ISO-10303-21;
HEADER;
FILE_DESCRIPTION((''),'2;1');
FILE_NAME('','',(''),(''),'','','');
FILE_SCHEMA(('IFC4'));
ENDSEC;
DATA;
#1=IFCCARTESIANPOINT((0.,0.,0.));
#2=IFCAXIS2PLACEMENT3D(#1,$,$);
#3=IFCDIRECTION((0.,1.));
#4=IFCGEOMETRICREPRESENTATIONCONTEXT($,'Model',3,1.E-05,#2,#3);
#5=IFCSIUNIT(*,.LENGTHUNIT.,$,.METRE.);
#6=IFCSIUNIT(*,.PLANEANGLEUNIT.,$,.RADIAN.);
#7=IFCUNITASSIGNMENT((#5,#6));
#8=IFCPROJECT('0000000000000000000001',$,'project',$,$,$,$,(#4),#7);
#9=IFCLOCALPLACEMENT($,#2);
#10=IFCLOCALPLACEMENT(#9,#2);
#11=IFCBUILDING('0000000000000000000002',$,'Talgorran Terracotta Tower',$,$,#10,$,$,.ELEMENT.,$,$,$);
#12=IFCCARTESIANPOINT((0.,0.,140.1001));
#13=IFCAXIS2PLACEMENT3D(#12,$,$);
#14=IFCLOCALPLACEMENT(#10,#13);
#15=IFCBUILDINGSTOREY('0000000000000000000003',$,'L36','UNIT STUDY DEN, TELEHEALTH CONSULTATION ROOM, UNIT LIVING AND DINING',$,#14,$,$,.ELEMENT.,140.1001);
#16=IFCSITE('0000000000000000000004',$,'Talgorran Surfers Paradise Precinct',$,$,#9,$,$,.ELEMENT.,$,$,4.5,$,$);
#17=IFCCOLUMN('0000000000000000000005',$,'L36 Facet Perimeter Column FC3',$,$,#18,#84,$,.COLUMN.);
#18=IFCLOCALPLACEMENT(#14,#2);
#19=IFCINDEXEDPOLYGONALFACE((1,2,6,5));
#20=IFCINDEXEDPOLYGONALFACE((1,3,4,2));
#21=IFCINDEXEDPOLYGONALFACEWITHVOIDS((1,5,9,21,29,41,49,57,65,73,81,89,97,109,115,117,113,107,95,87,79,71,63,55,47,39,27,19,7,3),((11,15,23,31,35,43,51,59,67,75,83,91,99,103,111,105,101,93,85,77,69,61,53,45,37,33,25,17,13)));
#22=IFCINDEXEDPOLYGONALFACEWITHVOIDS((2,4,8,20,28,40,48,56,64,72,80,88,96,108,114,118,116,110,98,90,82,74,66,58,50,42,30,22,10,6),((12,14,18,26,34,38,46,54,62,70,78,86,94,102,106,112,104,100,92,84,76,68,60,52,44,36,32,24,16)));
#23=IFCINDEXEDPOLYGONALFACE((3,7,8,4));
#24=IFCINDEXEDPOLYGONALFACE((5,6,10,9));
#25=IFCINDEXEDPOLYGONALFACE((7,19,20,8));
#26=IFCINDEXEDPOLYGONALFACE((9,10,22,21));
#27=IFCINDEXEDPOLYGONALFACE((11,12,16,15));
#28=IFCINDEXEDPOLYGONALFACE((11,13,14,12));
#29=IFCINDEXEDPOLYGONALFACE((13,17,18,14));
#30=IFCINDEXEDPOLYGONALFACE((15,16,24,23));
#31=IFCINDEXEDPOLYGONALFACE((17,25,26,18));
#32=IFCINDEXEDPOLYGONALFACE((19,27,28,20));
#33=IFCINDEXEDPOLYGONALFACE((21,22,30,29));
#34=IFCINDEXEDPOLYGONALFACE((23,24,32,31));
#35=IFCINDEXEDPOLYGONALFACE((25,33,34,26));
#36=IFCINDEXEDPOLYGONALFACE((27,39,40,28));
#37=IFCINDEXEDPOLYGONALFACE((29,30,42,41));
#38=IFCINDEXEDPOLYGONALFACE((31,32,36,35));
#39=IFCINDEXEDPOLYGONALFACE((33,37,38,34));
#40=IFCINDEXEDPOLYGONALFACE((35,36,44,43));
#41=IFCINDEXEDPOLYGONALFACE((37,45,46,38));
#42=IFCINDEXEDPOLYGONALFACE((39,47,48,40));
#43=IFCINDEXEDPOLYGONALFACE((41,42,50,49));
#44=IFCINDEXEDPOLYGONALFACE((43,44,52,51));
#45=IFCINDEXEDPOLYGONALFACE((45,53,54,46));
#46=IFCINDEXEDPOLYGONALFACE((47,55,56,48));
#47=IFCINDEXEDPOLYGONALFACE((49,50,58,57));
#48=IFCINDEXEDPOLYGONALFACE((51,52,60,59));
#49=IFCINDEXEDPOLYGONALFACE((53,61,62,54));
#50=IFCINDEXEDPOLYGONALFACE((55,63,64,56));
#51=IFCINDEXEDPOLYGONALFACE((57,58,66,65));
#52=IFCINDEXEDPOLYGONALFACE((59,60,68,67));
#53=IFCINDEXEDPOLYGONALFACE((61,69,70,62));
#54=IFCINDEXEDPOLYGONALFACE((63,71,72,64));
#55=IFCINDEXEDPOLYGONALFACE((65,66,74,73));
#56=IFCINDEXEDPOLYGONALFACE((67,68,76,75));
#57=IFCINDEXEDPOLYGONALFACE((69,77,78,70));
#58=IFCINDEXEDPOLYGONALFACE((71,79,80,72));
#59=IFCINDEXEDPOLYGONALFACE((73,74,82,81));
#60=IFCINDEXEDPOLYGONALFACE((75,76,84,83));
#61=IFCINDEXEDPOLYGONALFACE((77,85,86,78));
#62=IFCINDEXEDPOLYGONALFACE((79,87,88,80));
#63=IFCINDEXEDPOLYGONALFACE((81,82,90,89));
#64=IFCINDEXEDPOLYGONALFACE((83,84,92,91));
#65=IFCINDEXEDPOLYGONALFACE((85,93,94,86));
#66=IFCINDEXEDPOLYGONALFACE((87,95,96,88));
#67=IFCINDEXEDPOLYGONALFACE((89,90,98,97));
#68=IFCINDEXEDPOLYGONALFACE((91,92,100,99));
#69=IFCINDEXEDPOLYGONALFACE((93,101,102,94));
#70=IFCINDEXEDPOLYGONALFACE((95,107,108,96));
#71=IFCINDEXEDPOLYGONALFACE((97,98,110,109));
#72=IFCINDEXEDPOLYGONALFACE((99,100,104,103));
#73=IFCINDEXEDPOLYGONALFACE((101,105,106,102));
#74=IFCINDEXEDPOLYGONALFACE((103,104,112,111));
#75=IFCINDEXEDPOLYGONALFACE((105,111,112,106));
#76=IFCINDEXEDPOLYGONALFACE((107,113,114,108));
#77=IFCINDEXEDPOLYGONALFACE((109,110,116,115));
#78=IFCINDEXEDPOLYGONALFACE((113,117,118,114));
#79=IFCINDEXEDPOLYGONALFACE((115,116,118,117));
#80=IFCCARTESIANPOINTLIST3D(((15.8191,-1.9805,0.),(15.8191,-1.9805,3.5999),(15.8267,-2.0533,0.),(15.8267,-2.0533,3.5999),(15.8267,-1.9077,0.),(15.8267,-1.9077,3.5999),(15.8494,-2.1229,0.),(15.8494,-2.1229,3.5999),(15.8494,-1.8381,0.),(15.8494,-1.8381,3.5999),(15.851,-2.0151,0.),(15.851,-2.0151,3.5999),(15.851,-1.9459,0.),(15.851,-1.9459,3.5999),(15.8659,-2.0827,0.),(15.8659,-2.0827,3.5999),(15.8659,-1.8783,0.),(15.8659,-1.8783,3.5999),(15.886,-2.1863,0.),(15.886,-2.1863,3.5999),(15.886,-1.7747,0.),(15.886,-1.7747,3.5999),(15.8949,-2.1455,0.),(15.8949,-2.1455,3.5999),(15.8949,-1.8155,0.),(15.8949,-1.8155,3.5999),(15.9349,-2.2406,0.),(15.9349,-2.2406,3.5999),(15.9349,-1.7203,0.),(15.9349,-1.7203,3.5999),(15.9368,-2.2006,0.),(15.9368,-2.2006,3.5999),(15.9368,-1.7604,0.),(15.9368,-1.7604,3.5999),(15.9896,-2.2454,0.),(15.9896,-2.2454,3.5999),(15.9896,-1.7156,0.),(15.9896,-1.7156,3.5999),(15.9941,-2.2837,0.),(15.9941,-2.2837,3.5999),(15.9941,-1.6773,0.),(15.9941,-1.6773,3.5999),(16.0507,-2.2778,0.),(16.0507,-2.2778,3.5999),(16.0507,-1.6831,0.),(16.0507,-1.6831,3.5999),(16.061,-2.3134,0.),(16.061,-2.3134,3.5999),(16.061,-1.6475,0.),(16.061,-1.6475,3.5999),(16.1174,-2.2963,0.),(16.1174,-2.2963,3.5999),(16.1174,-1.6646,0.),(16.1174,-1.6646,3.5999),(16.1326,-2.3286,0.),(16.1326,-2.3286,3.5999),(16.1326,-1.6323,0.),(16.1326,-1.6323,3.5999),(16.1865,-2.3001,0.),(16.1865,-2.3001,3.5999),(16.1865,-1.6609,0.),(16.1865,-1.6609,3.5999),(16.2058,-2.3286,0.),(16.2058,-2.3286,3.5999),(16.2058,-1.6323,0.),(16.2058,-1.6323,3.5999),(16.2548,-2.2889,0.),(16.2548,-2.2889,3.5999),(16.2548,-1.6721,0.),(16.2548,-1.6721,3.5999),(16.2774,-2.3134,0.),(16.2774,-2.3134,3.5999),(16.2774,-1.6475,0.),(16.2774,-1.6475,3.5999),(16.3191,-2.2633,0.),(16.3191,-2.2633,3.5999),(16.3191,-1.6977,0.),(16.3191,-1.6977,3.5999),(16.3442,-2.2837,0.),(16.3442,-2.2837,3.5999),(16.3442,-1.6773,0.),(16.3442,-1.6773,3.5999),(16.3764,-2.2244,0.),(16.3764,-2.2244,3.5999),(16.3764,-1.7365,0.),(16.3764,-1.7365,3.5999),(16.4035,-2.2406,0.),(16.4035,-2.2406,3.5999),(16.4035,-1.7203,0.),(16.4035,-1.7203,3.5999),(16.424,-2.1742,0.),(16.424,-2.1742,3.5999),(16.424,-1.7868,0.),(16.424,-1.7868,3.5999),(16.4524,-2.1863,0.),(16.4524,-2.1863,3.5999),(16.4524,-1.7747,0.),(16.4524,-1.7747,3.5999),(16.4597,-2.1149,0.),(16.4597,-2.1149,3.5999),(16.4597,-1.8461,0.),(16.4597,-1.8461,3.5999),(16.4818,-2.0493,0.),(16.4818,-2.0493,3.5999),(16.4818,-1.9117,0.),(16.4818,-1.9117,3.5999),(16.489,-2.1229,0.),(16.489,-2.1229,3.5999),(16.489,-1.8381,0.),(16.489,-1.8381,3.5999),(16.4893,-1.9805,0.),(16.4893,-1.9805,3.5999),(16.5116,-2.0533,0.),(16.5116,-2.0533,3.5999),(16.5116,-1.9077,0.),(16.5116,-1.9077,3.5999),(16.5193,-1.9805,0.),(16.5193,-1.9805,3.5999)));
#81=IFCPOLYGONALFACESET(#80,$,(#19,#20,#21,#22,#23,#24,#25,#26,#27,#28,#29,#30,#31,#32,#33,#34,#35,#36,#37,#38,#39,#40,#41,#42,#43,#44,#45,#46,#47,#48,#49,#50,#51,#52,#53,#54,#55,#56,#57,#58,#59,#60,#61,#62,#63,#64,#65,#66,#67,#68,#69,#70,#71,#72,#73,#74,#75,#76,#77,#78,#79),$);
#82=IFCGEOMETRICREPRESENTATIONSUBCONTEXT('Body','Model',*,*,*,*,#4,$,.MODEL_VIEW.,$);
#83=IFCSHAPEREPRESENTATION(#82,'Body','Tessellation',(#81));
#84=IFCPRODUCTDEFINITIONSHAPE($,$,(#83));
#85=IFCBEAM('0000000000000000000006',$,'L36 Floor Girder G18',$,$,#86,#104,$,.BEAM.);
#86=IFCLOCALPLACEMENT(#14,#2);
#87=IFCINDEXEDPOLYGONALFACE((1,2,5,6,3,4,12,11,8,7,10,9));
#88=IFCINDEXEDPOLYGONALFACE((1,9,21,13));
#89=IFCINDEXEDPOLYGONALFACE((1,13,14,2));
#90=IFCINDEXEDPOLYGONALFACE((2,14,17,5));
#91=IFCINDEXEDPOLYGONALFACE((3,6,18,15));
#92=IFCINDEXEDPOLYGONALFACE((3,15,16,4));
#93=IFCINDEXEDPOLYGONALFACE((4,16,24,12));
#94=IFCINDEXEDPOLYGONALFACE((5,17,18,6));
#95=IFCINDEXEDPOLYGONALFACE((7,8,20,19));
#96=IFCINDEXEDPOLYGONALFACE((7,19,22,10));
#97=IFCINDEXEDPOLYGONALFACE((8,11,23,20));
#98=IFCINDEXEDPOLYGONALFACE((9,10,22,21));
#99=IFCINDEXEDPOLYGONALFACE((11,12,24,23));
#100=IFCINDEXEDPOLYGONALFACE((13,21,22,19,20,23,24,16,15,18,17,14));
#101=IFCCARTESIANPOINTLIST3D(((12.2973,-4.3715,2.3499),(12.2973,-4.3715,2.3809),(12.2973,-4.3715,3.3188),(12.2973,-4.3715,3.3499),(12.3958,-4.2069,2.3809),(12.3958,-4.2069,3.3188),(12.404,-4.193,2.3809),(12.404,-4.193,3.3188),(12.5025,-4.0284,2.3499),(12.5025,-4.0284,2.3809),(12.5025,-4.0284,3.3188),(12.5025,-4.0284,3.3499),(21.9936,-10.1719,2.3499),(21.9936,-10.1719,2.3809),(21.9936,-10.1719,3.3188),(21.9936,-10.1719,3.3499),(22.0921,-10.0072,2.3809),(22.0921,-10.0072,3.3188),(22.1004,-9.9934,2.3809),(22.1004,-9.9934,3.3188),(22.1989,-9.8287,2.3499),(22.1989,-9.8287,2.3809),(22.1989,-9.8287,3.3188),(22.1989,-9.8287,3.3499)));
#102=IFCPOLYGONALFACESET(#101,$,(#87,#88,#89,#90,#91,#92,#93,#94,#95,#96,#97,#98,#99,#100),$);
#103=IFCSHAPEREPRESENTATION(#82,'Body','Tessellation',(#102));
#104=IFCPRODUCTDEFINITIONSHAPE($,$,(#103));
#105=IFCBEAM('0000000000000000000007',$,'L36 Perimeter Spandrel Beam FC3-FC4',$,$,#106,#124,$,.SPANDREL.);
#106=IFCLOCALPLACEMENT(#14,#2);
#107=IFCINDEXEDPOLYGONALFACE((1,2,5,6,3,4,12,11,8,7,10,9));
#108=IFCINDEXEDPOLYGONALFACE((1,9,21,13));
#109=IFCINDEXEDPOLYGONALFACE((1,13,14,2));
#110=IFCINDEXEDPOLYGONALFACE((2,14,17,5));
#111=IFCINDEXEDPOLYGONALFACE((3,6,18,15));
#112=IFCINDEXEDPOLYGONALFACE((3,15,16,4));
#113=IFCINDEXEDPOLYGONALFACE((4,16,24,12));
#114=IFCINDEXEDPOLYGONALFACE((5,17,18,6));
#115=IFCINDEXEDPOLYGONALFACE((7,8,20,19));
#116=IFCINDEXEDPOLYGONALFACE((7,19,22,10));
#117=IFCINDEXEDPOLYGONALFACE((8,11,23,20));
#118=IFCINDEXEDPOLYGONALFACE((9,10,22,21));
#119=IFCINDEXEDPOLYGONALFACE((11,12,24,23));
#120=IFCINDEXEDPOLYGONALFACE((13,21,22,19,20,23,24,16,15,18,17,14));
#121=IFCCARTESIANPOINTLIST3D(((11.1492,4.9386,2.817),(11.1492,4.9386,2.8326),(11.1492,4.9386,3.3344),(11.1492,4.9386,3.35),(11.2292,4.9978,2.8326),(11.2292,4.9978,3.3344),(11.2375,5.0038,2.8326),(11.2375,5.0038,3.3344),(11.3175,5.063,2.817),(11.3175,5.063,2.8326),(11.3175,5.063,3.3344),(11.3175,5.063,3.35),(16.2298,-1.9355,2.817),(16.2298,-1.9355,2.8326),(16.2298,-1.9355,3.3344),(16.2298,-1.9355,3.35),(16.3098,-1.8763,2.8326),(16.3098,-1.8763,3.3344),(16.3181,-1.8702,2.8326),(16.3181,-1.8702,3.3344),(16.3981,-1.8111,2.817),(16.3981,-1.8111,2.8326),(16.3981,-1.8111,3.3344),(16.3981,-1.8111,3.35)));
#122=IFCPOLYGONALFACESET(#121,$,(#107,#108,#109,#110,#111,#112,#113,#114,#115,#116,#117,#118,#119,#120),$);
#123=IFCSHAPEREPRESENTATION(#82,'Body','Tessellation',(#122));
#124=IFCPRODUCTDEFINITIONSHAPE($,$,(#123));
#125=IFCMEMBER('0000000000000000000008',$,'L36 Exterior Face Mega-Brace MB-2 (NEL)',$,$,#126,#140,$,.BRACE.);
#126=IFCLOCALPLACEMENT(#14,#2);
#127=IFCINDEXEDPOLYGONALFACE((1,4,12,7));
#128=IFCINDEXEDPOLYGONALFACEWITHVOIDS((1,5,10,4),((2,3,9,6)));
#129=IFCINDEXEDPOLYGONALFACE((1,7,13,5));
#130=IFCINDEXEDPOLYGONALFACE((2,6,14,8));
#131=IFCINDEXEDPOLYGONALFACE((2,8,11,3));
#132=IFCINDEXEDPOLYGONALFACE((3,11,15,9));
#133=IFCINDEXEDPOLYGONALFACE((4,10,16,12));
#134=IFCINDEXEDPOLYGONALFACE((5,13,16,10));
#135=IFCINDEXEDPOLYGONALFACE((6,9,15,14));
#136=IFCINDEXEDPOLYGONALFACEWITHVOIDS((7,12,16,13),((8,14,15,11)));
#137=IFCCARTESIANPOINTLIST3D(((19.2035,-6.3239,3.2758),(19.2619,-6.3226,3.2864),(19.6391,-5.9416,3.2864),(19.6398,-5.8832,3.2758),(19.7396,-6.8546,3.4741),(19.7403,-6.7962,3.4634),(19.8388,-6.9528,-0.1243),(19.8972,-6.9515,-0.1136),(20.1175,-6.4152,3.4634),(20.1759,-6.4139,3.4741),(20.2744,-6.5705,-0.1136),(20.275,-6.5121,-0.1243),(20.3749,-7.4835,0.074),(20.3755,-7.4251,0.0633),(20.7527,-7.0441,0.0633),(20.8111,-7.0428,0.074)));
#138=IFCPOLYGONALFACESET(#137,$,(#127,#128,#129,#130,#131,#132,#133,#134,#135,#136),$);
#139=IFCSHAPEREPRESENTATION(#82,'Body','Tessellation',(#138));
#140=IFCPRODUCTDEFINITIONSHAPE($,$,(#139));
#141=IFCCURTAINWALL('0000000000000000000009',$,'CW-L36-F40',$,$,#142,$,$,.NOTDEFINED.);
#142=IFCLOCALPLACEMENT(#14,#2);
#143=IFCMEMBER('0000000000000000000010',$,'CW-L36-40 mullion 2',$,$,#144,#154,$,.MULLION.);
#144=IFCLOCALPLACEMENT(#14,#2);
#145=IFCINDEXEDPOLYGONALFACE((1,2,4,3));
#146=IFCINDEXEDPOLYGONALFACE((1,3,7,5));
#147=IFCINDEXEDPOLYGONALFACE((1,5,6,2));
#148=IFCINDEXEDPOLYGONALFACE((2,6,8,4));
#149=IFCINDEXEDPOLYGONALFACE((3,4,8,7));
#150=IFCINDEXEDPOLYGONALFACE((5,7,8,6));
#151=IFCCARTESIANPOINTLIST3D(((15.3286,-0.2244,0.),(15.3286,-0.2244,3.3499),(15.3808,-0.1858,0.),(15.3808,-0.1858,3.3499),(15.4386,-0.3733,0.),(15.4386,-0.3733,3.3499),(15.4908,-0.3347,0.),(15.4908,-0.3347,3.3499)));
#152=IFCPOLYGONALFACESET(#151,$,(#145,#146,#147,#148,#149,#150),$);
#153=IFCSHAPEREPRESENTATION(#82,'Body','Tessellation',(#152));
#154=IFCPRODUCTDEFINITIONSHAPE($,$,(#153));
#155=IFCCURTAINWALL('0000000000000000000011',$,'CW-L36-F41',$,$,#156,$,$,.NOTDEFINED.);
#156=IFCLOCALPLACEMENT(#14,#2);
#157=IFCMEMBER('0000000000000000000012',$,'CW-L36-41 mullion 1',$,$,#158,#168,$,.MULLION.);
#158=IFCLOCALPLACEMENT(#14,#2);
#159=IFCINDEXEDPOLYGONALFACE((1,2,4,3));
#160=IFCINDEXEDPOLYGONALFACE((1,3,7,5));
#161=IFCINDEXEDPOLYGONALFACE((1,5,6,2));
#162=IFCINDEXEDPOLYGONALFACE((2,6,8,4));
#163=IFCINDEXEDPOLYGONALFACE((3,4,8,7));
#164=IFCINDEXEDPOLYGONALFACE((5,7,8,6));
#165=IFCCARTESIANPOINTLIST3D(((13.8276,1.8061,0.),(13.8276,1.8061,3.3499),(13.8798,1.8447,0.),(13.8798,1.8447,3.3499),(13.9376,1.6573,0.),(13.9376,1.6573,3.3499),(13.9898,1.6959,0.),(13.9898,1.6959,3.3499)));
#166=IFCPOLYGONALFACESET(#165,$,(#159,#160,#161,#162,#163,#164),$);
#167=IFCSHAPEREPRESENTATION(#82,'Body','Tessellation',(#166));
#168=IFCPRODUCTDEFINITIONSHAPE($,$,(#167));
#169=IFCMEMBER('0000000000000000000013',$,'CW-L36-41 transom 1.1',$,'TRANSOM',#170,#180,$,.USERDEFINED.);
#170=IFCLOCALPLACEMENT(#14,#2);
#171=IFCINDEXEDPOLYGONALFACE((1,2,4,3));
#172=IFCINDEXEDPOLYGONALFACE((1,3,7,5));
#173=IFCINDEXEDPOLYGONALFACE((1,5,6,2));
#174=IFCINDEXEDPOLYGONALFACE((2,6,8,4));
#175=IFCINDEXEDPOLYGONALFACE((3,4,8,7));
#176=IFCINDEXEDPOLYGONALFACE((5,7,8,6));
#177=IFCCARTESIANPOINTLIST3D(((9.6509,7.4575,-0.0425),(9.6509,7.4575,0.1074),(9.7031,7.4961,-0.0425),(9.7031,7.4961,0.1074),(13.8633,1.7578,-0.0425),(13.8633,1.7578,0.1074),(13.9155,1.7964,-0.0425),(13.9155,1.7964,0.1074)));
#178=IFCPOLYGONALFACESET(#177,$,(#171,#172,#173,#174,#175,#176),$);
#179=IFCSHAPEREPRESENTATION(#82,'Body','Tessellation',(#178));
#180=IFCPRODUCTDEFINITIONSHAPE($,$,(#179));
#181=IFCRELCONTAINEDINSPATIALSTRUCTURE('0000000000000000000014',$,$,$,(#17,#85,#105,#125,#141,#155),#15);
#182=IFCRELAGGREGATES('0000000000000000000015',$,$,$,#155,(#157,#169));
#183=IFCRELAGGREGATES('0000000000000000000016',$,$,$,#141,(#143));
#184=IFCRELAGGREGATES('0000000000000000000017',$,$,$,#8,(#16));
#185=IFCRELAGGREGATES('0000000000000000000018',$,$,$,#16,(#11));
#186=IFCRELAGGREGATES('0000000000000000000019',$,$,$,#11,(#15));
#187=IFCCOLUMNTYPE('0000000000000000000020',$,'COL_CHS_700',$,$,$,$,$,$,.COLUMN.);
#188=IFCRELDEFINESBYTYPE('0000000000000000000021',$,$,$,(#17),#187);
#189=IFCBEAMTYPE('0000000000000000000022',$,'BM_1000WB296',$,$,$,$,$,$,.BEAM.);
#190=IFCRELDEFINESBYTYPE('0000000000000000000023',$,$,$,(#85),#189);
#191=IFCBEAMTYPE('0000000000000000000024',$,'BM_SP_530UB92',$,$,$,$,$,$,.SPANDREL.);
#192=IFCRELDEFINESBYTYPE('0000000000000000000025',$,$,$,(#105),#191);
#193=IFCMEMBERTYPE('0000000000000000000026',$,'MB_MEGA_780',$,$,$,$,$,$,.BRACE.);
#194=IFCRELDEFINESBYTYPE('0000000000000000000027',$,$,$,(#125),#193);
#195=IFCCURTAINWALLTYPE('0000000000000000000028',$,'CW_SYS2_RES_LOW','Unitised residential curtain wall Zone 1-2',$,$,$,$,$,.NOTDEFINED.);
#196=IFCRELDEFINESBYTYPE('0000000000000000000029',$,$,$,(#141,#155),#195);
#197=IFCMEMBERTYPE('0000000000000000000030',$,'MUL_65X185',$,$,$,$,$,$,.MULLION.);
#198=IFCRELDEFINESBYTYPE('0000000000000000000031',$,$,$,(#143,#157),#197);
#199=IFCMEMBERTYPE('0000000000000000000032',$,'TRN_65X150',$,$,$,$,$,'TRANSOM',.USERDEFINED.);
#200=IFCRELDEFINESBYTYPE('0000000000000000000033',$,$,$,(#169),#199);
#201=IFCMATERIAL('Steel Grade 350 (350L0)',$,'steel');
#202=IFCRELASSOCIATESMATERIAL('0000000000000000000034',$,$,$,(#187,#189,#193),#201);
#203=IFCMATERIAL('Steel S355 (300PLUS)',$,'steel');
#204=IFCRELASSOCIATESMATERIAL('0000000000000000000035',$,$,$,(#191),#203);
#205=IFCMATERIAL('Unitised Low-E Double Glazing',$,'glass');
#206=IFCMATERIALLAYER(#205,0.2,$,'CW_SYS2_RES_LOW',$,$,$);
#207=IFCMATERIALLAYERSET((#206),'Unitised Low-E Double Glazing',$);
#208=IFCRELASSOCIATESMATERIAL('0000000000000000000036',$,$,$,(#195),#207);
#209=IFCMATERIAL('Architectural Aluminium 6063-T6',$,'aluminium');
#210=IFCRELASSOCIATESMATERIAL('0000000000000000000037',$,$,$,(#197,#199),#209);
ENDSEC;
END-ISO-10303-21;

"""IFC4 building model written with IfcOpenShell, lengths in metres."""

from ifc_helpers import new_model, si_unit, direction, frame, origin, origin_2d, place, context, subcontext, project, spatial, rectangle, hollow_rectangle, hollow_circle, i_section, extrude, material, layer, layer_set, material_profile, profile_set, type_object, element, aggregate, save


model = new_model("IFC4")

# Units and contexts
model_context = context("Model", 3, precision=1e-05, world=origin(), true_north=direction((0.0, 1.0)))
body_context = subcontext(model_context, "Body", "Model", "MODEL_VIEW")
ifc_project = project(units=[si_unit("LENGTHUNIT", "METRE"), si_unit("PLANEANGLEUNIT", "RADIAN")], contexts=[model_context])

# Site, building, storey
site_placement = place(None, origin())
site = spatial("IfcSite", under=ifc_project, at=site_placement, Name="Talgorran Surfers Paradise Precinct", CompositionType="ELEMENT", RefElevation=4.5)
building_placement = place(site_placement, origin())
building = spatial("IfcBuilding", under=site, at=building_placement, Name="Talgorran Terracotta Tower", CompositionType="ELEMENT")
storey_placement = place(building_placement, frame((0.0, 0.0, 140.1001)))
storey = spatial("IfcBuildingStorey", under=building, at=storey_placement, Name="L36", Description="UNIT STUDY DEN, TELEHEALTH CONSULTATION ROOM, UNIT LIVING AND DINING", CompositionType="ELEMENT", Elevation=140.1001)

# Column
ifc_material_1 = material(Name="Steel Grade 350 (350L0)", Category="steel")
ifc_material_profile_1 = material_profile(ifc_material_1, hollow_circle(Radius=0.3501, WallThickness=0.03, at=origin_2d()), Name="CHS700X30")
ifc_profile_set_1 = profile_set([ifc_material_profile_1], Name="Steel Grade 350 (350L0)")
column_type = type_object("IfcColumnType", Name="COL_CHS_700", PredefinedType="COLUMN", material=ifc_profile_set_1)
column_placement = place(storey_placement, frame((16.1692, -1.9805, 0.0), z_axis=(0.0, 0.0, 1.0), x_axis=(1.0, 0.0, 0.0)))
element("IfcColumn", 1, at=column_placement, inside=storey, type_object=column_type, Name="L36 Facet Perimeter Column FC3", PredefinedType="COLUMN", context=body_context, shape_type="SweptSolid", body=[
    extrude(hollow_circle(Radius=0.3501, WallThickness=0.03, at=origin_2d()), origin(), (0.0, 0.0, 1.0), 3.5999),
])

# Beams
ifc_material_profile_2 = material_profile(ifc_material_1, i_section(OverallWidth=0.3999, OverallDepth=1.0, WebThickness=0.0161, FlangeThickness=0.031, at=origin_2d()), Name="1000WB296")
ifc_profile_set_2 = profile_set([ifc_material_profile_2], Name="Steel Grade 350 (350L0)")
beam_type_1 = type_object("IfcBeamType", Name="BM_1000WB296", PredefinedType="BEAM", material=ifc_profile_set_2)
beam_1_placement = place(storey_placement, frame((12.3999, -4.2, 2.8499), z_axis=(0.858175, -0.513358, 0.0), x_axis=(0.513358, 0.858175, 0.0)))
element("IfcBeam", 2, at=beam_1_placement, inside=storey, type_object=beam_type_1, Name="L36 Floor Girder G18", PredefinedType="BEAM", context=body_context, shape_type="SweptSolid", body=[
    extrude(i_section(OverallWidth=0.3999, OverallDepth=1.0, WebThickness=0.0161, FlangeThickness=0.031, at=origin_2d()), origin(), (0.0, 0.0, 1.0), 11.2988),
])
ifc_material_2 = material(Name="Steel S355 (300PLUS)", Category="steel")
ifc_material_profile_3 = material_profile(ifc_material_2, i_section(OverallWidth=0.2092, OverallDepth=0.533, WebThickness=0.0103, FlangeThickness=0.0156, at=origin_2d()), Name="530UB92.4")
ifc_profile_set_3 = profile_set([ifc_material_profile_3], Name="Steel S355 (300PLUS)")
beam_type_2 = type_object("IfcBeamType", Name="BM_SP_530UB92", PredefinedType="SPANDREL", material=ifc_profile_set_3)
beam_2_placement = place(storey_placement, frame((16.314, -1.8733, 3.0835), z_axis=(-0.594373, 0.804189, 0.0), x_axis=(-0.804189, -0.594373, 0.0)))
element("IfcBeam", 3, at=beam_2_placement, inside=storey, type_object=beam_type_2, Name="L36 Perimeter Spandrel Beam FC3-FC4", PredefinedType="SPANDREL", context=body_context, shape_type="SweptSolid", body=[
    extrude(i_section(OverallWidth=0.2092, OverallDepth=0.533, WebThickness=0.0103, FlangeThickness=0.0156, at=origin_2d()), origin(), (0.0, 0.0, 1.0), 8.5479),
])

# Member
ifc_material_profile_4 = material_profile(ifc_material_1, hollow_rectangle(XDim=0.6201, YDim=0.78, WallThickness=0.042, at=origin_2d()), Name="WBOX780X620X42")
ifc_profile_set_4 = profile_set([ifc_material_profile_4], Name="Steel Grade 350 (350L0)")
member_type_1 = type_object("IfcMemberType", Name="MB_MEGA_780", PredefinedType="BRACE", material=ifc_profile_set_4)
member_1_placement = place(storey_placement, frame((20.325, -6.9978, -0.0251), z_axis=(-0.180691, 0.178886, 0.967135), x_axis=(-0.703547, -0.710648, 0.0)))
element("IfcMember", 4, at=member_1_placement, inside=storey, type_object=member_type_1, Name="L36 Exterior Face Mega-Brace MB-2 (NEL)", PredefinedType="BRACE", context=body_context, shape_type="SweptSolid", body=[
    extrude(hollow_rectangle(XDim=0.6201, YDim=0.78, WallThickness=0.042, at=origin_2d()), origin(), (0.0, 0.0, 1.0), 3.5156),
])

# Curtain wall, member
ifc_material_3 = material(Name="Unitised Low-E Double Glazing", Category="glass")
ifc_layer_1 = layer(ifc_material_3, 0.2, Name="CW_SYS2_RES_LOW")
ifc_layer_set_1 = layer_set([ifc_layer_1], Name="Unitised Low-E Double Glazing")
curtain_wall_type = type_object("IfcCurtainWallType", Name="CW_SYS2_RES_LOW", Description="Unitised residential curtain wall Zone 1-2", PredefinedType="NOTDEFINED", material=ifc_layer_set_1)
curtain_wall_1_placement = place(storey_placement, origin())
curtain_wall_1 = element("IfcCurtainWall", 5, at=curtain_wall_1_placement, inside=storey, type_object=curtain_wall_type, Name="CW-L36-F40", PredefinedType="NOTDEFINED")
ifc_material_4 = material(Name="Architectural Aluminium 6063-T6", Category="aluminium")
ifc_material_profile_5 = material_profile(ifc_material_4, rectangle(XDim=0.0649, YDim=0.1851, at=origin_2d()), Name="CWM65X185")
ifc_profile_set_5 = profile_set([ifc_material_profile_5], Name="Architectural Aluminium 6063-T6")
member_type_2 = type_object("IfcMemberType", Name="MUL_65X185", PredefinedType="MULLION", material=ifc_profile_set_5)
member_2_placement = place(storey_placement, frame((15.4097, -0.2795, 0.0), z_axis=(0.0, 0.0, 1.0), x_axis=(-0.804203, -0.594355, 0.0)))
member_2 = element("IfcMember", 6, at=member_2_placement, type_object=member_type_2, Name="CW-L36-40 mullion 2", PredefinedType="MULLION", context=body_context, shape_type="SweptSolid", body=[
    extrude(rectangle(XDim=0.0649, YDim=0.1851, at=origin_2d()), origin(), (0.0, 0.0, 1.0), 3.3499),
])

# Curtain wall, members
curtain_wall_2_placement = place(storey_placement, origin())
curtain_wall_2 = element("IfcCurtainWall", 7, at=curtain_wall_2_placement, inside=storey, type_object=curtain_wall_type, Name="CW-L36-F41", PredefinedType="NOTDEFINED")
member_3_placement = place(storey_placement, frame((13.9087, 1.751, 0.0), z_axis=(0.0, 0.0, 1.0), x_axis=(-0.804201, -0.594357, 0.0)))
member_3 = element("IfcMember", 8, at=member_3_placement, type_object=member_type_2, Name="CW-L36-41 mullion 1", PredefinedType="MULLION", context=body_context, shape_type="SweptSolid", body=[
    extrude(rectangle(XDim=0.0649, YDim=0.1851, at=origin_2d()), origin(), (0.0, 0.0, 1.0), 3.3499),
])
ifc_material_profile_6 = material_profile(ifc_material_4, rectangle(XDim=0.0649, YDim=0.1499, at=origin_2d()), Name="CWT65X150")
ifc_profile_set_6 = profile_set([ifc_material_profile_6], Name="Architectural Aluminium 6063-T6")
member_type_3 = type_object("IfcMemberType", Name="TRN_65X150", ElementType="TRANSOM", PredefinedType="USERDEFINED", material=ifc_profile_set_6)
member_4_placement = place(storey_placement, frame((13.8894, 1.7771, 0.0325), z_axis=(-0.594352, 0.804205, 0.0), x_axis=(-0.804205, -0.594352, 0.0)))
member_4 = element("IfcMember", 9, at=member_4_placement, type_object=member_type_3, Name="CW-L36-41 transom 1.1", ObjectType="TRANSOM", PredefinedType="USERDEFINED", context=body_context, shape_type="SweptSolid", body=[
    extrude(rectangle(XDim=0.0649, YDim=0.1499, at=origin_2d()), origin(), (0.0, 0.0, 1.0), 7.0874),
])
aggregate(curtain_wall_2, [member_3, member_4])

aggregate(curtain_wall_1, [member_2])

save(model, "model.ifc")
